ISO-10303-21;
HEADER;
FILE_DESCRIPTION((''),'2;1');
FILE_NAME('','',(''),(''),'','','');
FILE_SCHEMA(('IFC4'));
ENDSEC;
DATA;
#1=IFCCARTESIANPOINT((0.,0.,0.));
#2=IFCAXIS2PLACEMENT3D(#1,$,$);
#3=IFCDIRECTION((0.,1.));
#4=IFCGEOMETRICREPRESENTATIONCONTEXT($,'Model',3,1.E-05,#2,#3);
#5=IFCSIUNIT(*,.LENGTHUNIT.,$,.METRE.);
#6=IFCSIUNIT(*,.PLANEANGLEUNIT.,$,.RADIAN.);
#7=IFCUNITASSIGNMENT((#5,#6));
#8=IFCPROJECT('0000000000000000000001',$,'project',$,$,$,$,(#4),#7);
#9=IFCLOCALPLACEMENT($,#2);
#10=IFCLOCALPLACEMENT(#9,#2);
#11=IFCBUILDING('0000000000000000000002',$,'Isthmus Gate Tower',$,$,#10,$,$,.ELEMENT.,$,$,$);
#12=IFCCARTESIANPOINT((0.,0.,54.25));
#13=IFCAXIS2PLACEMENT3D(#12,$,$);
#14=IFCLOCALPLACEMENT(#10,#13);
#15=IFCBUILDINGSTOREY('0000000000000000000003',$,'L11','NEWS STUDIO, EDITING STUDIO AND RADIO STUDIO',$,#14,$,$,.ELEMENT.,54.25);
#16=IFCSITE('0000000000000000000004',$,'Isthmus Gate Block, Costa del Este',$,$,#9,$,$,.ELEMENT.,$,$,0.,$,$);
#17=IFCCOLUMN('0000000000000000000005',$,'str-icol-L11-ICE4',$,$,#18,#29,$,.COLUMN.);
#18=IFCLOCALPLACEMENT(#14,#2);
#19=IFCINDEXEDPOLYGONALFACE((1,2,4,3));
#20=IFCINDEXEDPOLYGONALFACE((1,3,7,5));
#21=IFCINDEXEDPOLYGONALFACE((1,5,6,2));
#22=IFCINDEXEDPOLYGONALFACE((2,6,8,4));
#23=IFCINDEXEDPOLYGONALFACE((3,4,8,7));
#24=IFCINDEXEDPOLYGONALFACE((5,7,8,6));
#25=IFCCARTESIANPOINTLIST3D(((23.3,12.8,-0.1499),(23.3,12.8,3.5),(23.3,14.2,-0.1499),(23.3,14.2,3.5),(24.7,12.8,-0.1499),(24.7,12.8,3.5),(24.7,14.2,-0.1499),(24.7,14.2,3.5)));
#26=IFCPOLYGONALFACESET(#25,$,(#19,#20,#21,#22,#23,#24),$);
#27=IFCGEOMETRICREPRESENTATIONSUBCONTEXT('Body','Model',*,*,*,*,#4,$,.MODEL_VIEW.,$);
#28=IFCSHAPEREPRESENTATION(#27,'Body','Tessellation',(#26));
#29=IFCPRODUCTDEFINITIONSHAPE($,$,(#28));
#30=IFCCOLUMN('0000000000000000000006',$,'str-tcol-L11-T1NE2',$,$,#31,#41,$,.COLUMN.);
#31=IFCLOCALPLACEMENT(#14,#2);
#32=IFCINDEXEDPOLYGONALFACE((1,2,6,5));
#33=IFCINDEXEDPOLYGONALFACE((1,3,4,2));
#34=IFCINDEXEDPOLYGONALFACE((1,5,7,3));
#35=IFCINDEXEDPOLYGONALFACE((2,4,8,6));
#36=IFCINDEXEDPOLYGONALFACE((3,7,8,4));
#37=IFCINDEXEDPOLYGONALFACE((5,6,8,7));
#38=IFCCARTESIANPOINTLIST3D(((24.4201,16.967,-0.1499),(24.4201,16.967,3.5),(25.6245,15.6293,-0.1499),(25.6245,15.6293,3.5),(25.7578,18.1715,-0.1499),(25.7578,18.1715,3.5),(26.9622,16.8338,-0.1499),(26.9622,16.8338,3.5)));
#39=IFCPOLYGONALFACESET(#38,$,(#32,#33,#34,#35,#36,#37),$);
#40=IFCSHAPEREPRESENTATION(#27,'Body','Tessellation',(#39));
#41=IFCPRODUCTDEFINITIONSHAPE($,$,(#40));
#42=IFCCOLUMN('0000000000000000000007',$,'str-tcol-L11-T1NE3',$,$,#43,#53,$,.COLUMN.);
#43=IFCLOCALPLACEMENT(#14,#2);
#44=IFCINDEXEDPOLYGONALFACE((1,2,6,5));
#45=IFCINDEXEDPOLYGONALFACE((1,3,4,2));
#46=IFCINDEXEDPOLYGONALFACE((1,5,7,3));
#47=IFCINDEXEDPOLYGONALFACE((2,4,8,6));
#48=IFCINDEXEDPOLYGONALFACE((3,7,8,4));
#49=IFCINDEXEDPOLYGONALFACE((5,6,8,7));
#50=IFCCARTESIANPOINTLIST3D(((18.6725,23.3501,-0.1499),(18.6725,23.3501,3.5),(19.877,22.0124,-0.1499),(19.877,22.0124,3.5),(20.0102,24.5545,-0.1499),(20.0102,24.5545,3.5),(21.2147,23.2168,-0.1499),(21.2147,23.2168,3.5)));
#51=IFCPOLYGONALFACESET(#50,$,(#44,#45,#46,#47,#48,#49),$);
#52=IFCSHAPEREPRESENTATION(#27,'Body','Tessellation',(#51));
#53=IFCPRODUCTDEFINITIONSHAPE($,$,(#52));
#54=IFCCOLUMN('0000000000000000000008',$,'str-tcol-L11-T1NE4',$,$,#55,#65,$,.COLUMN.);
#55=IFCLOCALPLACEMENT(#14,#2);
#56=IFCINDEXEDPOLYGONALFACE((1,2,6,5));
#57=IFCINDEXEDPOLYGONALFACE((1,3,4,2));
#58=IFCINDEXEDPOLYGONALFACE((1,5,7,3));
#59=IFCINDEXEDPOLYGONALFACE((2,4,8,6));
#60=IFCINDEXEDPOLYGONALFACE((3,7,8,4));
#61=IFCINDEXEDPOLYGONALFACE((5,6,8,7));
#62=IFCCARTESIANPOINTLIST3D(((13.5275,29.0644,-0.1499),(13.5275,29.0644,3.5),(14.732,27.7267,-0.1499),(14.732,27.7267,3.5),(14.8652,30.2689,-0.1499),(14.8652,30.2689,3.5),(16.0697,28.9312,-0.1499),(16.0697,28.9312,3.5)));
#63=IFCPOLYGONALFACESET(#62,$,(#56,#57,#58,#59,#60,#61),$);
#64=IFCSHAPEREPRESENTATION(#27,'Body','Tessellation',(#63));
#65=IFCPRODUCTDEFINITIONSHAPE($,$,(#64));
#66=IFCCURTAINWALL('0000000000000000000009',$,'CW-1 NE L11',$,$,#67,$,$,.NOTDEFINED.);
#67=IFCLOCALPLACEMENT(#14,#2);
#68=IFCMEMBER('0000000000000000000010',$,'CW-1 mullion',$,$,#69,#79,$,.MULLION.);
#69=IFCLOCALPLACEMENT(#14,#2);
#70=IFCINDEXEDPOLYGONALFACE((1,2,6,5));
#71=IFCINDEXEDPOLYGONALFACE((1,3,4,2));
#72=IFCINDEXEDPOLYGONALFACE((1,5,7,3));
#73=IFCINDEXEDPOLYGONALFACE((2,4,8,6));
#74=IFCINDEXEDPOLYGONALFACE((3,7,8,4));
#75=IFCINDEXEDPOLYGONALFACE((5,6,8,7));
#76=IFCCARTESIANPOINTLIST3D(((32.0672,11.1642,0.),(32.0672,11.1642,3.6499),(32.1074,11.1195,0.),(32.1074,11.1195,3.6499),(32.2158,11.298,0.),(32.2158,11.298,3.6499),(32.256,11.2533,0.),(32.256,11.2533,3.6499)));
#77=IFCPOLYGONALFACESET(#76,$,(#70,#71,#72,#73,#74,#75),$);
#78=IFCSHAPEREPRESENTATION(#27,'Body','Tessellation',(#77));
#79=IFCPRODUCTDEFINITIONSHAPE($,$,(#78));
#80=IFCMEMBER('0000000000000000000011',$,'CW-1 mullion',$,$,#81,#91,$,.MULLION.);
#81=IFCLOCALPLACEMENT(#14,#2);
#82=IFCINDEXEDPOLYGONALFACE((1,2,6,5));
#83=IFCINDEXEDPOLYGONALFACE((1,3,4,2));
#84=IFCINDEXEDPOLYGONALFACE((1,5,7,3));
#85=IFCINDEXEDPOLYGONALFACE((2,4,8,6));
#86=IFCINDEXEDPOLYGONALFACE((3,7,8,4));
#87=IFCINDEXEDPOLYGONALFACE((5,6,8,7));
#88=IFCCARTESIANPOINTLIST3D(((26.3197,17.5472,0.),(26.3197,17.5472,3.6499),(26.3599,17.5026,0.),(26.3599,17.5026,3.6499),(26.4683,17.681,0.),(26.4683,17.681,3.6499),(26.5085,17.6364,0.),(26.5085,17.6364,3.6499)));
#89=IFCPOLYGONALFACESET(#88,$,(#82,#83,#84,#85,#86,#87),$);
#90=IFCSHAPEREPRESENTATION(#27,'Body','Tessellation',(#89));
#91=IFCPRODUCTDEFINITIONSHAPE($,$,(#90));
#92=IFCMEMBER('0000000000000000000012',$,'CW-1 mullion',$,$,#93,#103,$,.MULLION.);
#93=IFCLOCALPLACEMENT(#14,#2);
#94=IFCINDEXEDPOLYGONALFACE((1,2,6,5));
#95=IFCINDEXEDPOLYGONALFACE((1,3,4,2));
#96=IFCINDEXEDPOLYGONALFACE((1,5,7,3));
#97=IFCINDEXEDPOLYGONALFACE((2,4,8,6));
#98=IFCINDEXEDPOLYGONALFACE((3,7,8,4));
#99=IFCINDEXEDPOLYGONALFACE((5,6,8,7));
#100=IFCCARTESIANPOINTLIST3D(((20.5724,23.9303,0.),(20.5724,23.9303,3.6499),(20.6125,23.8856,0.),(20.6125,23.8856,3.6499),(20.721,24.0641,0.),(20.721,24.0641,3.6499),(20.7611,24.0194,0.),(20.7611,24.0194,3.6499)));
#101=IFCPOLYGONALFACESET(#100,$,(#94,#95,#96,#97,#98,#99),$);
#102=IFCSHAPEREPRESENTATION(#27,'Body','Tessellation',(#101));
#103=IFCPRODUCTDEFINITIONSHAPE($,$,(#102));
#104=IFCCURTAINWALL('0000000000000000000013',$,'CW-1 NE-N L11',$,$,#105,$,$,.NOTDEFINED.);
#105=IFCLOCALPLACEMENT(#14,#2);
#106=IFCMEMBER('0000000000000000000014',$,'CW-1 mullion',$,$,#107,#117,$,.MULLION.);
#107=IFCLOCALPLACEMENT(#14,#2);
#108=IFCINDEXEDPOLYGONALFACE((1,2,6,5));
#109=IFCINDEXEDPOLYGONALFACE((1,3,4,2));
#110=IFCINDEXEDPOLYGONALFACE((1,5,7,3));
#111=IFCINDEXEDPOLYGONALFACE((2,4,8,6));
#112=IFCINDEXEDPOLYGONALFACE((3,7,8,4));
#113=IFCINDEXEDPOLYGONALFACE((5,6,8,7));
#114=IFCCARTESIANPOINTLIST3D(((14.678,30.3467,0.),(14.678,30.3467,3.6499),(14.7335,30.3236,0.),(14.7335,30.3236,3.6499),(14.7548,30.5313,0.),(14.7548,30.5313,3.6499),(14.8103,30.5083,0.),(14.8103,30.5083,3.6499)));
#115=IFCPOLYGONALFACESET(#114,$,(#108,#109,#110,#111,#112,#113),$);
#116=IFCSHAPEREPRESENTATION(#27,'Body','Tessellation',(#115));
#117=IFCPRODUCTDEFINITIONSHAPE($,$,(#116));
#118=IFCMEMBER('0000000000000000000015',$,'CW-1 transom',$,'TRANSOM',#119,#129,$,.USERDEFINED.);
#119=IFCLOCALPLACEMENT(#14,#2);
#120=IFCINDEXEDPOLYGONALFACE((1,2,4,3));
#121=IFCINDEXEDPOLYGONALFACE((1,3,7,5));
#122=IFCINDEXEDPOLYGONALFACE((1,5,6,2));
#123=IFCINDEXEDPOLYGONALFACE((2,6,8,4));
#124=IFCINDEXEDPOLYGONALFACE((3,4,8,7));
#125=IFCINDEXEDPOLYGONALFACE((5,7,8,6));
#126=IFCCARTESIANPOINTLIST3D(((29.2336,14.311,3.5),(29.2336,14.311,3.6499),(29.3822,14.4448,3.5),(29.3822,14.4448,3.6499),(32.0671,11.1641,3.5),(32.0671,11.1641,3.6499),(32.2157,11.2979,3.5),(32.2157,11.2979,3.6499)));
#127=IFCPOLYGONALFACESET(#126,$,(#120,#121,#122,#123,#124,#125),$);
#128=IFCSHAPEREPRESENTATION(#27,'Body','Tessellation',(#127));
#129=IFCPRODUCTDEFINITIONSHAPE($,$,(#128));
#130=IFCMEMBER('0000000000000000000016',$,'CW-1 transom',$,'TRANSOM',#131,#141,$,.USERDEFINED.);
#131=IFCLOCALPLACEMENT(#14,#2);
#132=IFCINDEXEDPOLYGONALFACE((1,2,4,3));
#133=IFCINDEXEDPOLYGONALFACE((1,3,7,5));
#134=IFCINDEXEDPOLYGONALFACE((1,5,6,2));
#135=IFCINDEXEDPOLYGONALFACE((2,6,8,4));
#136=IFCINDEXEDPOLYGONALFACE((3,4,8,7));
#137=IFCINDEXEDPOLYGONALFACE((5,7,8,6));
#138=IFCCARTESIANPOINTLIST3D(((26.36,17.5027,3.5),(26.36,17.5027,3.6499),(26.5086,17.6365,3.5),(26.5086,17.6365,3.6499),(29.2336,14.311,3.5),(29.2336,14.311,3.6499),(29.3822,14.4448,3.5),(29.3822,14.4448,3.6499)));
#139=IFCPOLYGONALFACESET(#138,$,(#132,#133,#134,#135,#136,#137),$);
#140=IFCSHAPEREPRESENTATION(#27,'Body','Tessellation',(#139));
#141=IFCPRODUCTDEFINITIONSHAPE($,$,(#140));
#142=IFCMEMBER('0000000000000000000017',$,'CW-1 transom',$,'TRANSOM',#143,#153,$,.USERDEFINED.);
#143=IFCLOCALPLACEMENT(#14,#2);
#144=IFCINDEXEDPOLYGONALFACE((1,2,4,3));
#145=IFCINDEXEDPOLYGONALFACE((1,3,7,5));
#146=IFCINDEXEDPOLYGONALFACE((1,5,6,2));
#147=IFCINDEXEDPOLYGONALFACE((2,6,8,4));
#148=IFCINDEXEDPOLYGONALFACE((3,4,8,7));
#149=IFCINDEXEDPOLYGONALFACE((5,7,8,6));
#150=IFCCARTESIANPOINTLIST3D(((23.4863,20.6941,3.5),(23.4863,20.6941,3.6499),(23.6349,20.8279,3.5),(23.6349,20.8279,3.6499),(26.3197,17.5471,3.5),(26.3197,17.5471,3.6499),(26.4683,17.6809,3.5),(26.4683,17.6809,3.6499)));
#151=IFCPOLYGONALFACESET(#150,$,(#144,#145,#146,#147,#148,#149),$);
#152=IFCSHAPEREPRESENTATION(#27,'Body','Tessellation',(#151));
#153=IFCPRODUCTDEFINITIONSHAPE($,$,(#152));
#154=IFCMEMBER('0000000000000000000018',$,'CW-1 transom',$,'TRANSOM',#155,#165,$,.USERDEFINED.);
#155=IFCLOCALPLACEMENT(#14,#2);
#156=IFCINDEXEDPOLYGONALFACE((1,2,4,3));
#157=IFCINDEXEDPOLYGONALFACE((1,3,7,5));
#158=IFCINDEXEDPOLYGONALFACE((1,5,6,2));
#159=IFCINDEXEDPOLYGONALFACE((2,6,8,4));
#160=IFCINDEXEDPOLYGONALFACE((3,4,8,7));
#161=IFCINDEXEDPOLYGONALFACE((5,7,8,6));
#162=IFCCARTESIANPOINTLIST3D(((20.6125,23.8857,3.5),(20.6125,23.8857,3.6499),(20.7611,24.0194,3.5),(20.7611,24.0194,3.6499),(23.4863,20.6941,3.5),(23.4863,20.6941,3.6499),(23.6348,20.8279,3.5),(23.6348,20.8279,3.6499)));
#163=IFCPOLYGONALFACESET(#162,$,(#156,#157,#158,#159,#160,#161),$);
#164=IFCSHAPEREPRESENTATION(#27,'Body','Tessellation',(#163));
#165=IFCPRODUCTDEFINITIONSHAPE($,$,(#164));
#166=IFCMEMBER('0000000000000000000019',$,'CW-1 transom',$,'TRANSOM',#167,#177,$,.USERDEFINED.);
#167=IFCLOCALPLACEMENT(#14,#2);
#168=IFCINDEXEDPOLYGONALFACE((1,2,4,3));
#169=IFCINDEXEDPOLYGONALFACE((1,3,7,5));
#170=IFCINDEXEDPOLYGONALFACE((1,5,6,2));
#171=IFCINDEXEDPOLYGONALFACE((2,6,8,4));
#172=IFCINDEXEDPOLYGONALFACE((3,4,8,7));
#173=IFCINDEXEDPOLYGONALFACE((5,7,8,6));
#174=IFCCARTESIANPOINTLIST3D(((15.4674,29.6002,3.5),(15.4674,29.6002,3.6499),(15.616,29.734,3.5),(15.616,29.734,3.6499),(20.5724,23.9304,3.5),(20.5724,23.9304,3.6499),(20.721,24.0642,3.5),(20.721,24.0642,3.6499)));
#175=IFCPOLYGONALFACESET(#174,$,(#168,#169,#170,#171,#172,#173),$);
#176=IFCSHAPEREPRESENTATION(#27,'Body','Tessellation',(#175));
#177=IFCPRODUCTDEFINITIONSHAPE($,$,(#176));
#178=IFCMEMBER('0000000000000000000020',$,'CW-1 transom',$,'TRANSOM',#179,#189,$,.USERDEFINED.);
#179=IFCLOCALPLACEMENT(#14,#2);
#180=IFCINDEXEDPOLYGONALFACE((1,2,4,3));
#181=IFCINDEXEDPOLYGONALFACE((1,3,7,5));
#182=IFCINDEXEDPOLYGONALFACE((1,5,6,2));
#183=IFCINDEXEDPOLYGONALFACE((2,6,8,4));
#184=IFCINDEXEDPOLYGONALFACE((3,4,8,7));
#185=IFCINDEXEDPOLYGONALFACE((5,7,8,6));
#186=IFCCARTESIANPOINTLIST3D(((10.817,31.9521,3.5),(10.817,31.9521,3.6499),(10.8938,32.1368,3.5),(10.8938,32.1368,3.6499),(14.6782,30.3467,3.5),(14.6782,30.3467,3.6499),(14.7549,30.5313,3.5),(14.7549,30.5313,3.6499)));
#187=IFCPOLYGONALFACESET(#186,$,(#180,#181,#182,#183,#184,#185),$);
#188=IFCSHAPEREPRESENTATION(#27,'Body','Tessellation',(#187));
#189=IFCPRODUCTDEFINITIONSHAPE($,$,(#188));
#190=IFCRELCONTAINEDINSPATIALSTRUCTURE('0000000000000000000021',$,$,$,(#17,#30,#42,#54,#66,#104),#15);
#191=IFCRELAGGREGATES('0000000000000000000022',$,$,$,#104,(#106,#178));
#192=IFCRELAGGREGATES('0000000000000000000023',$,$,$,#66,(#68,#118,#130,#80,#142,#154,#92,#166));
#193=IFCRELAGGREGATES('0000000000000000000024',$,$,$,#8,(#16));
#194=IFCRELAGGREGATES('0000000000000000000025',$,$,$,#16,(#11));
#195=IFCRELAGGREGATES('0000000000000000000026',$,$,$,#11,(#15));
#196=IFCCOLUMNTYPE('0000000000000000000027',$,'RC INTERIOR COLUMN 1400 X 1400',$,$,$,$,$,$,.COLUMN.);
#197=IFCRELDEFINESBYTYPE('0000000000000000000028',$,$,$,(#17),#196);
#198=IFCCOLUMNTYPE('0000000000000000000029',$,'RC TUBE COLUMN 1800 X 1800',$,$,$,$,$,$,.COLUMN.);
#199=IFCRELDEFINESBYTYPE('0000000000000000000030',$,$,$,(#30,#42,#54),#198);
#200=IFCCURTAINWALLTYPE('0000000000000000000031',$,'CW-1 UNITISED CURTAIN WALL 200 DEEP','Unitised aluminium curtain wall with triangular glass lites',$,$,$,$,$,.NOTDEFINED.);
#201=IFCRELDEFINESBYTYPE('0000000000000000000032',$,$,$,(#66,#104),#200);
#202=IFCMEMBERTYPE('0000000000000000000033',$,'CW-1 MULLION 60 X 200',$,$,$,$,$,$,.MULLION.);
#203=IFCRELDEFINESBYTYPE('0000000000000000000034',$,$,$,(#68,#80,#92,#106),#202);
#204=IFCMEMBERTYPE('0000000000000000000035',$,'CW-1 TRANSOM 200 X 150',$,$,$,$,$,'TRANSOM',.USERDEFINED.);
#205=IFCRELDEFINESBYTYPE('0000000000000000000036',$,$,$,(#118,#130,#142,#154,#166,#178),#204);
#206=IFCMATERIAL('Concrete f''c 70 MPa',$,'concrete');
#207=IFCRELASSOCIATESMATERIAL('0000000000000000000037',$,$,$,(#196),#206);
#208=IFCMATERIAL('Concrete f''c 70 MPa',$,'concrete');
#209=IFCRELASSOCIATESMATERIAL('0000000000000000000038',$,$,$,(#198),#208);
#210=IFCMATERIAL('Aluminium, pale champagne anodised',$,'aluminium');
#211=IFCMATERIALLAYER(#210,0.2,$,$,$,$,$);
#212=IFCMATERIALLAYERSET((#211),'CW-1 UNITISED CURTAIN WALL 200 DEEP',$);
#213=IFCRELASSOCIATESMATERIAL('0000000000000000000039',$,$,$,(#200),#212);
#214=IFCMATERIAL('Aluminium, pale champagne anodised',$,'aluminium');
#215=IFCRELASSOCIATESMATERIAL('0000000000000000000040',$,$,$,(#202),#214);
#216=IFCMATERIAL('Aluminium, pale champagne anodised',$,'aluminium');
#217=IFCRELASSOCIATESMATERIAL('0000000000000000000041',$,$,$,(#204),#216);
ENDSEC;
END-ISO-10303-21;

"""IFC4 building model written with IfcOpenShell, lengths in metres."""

from ifc_helpers import new_model, si_unit, direction, frame, origin, origin_2d, place, context, subcontext, project, spatial, rectangle, extrude, material, layer, layer_set, material_profile, profile_set, type_object, element, aggregate, save


model = new_model("IFC4")

# Units and contexts
model_context = context("Model", 3, precision=1e-05, world=origin(), true_north=direction((0.0, 1.0)))
body_context = subcontext(model_context, "Body", "Model", "MODEL_VIEW")
ifc_project = project(units=[si_unit("LENGTHUNIT", "METRE"), si_unit("PLANEANGLEUNIT", "RADIAN")], contexts=[model_context])

# Site, building, storey
site_placement = place(None, origin())
site = spatial("IfcSite", under=ifc_project, at=site_placement, Name="Isthmus Gate Block, Costa del Este", CompositionType="ELEMENT", RefElevation=0.0)
building_placement = place(site_placement, origin())
building = spatial("IfcBuilding", under=site, at=building_placement, Name="Isthmus Gate Tower", CompositionType="ELEMENT")
storey_placement = place(building_placement, frame((0.0, 0.0, 54.25)))
storey = spatial("IfcBuildingStorey", under=building, at=storey_placement, Name="L11", Description="NEWS STUDIO, EDITING STUDIO AND RADIO STUDIO", CompositionType="ELEMENT", Elevation=54.25)

# Columns
ifc_material_1 = material(Name="Concrete f'c 70 MPa", Category="concrete")
ifc_material_profile_1 = material_profile(ifc_material_1, rectangle(XDim=1.3999, YDim=1.3999, at=origin_2d()), Name="RC 1400X1400")
ifc_profile_set_1 = profile_set([ifc_material_profile_1], Name="Concrete f'c 70 MPa")
column_type_1 = type_object("IfcColumnType", Name="RC INTERIOR COLUMN 1400 X 1400", PredefinedType="COLUMN", material=ifc_profile_set_1)
column_placement = place(storey_placement, frame((24.0, 13.5, -0.1499), z_axis=(0.0, 0.0, 1.0), x_axis=(1.0, 0.0, 0.0)))
element("IfcColumn", 1, at=column_placement, inside=storey, type_object=column_type_1, Name="str-icol-L11-ICE4", PredefinedType="COLUMN", context=body_context, shape_type="SweptSolid", body=[
    extrude(rectangle(XDim=1.3999, YDim=1.3999, at=origin_2d()), origin(), (0.0, 0.0, 1.0), 3.6499),
])
ifc_material_2 = material(Name="Concrete f'c 70 MPa", Category="concrete")
ifc_material_profile_2 = material_profile(ifc_material_2, rectangle(XDim=1.8, YDim=1.8, at=origin_2d()), Name="RC 1800X1800")
ifc_profile_set_2 = profile_set([ifc_material_profile_2], Name="Concrete f'c 70 MPa")
column_type_2 = type_object("IfcColumnType", Name="RC TUBE COLUMN 1800 X 1800", PredefinedType="COLUMN", material=ifc_profile_set_2)
for number, where, z_axis, x_axis, name in (
    (2, (25.6912, 16.9004, -0.1499), (0.0, 0.0, 1.0), (-0.669131, 0.743145, 0.0), "str-tcol-L11-T1NE2"),
    (3, (19.9436, 23.2834, -0.1499), (0.0, 0.0, 1.0), (-0.669131, 0.743145, 0.0), "str-tcol-L11-T1NE3"),
    (4, (14.7986, 28.9978, -0.1499), (0.0, 0.0, 1.0), (-0.669131, 0.743145, 0.0), "str-tcol-L11-T1NE4"),
):
    element("IfcColumn", number, at=place(storey_placement, frame(where, z_axis=z_axis, x_axis=x_axis)), inside=storey, type_object=column_type_2, Name=name, PredefinedType="COLUMN", context=body_context, shape_type="SweptSolid", body=[
        extrude(rectangle(XDim=1.8, YDim=1.8, at=origin_2d()), origin(), (0.0, 0.0, 1.0), 3.6499),
    ])

# Curtain wall, members
ifc_material_3 = material(Name="Aluminium, pale champagne anodised", Category="aluminium")
ifc_layer_1 = layer(ifc_material_3, 0.2)
ifc_layer_set_1 = layer_set([ifc_layer_1], Name="CW-1 UNITISED CURTAIN WALL 200 DEEP")
curtain_wall_type = type_object("IfcCurtainWallType", Name="CW-1 UNITISED CURTAIN WALL 200 DEEP", Description="Unitised aluminium curtain wall with triangular glass lites", PredefinedType="NOTDEFINED", material=ifc_layer_set_1)
curtain_wall_1_placement = place(storey_placement, origin())
curtain_wall_1 = element("IfcCurtainWall", 5, at=curtain_wall_1_placement, inside=storey, type_object=curtain_wall_type, Name="CW-1 NE L11", PredefinedType="NOTDEFINED")
ifc_material_4 = material(Name="Aluminium, pale champagne anodised", Category="aluminium")
ifc_material_profile_3 = material_profile(ifc_material_4, rectangle(XDim=0.0601, YDim=0.2, at=origin_2d()), Name="60x200")
ifc_profile_set_3 = profile_set([ifc_material_profile_3], Name="Aluminium, pale champagne anodised")
member_type_1 = type_object("IfcMemberType", Name="CW-1 MULLION 60 X 200", PredefinedType="MULLION", material=ifc_profile_set_3)
member_1_placement = place(storey_placement, frame((32.1616, 11.2087, 0.0), z_axis=(0.0, 0.0, 1.0), x_axis=(-0.669131, 0.743145, 0.0)))
member_1 = element("IfcMember", 6, at=member_1_placement, type_object=member_type_1, Name="CW-1 mullion", PredefinedType="MULLION", context=body_context, shape_type="SweptSolid", body=[
    extrude(rectangle(XDim=0.0601, YDim=0.2, at=origin_2d()), origin(), (0.0, 0.0, 1.0), 3.6499),
])
member_2_placement = place(storey_placement, frame((26.4141, 17.5918, 0.0), z_axis=(0.0, 0.0, 1.0), x_axis=(-0.669131, 0.743145, 0.0)))
member_2 = element("IfcMember", 7, at=member_2_placement, type_object=member_type_1, Name="CW-1 mullion", PredefinedType="MULLION", context=body_context, shape_type="SweptSolid", body=[
    extrude(rectangle(XDim=0.0601, YDim=0.2, at=origin_2d()), origin(), (0.0, 0.0, 1.0), 3.6499),
])
member_3_placement = place(storey_placement, frame((20.6667, 23.9749, 0.0), z_axis=(0.0, 0.0, 1.0), x_axis=(-0.669131, 0.743145, 0.0)))
member_3 = element("IfcMember", 8, at=member_3_placement, type_object=member_type_1, Name="CW-1 mullion", PredefinedType="MULLION", context=body_context, shape_type="SweptSolid", body=[
    extrude(rectangle(XDim=0.0601, YDim=0.2, at=origin_2d()), origin(), (0.0, 0.0, 1.0), 3.6499),
])

# Curtain wall, member
curtain_wall_2_placement = place(storey_placement, origin())
curtain_wall_2 = element("IfcCurtainWall", 9, at=curtain_wall_2_placement, inside=storey, type_object=curtain_wall_type, Name="CW-1 NE-N L11", PredefinedType="NOTDEFINED")
member_4_placement = place(storey_placement, frame((14.7441, 30.4275, 0.0), z_axis=(0.0, 0.0, 1.0), x_axis=(-0.923353, 0.383952, 0.0)))
member_4 = element("IfcMember", 10, at=member_4_placement, type_object=member_type_1, Name="CW-1 mullion", PredefinedType="MULLION", context=body_context, shape_type="SweptSolid", body=[
    extrude(rectangle(XDim=0.0601, YDim=0.2, at=origin_2d()), origin(), (0.0, 0.0, 1.0), 3.6499),
])

# Members
ifc_material_5 = material(Name="Aluminium, pale champagne anodised", Category="aluminium")
ifc_material_profile_4 = material_profile(ifc_material_5, rectangle(XDim=0.2, YDim=0.1499, at=origin_2d()), Name="200x150")
ifc_profile_set_4 = profile_set([ifc_material_profile_4], Name="Aluminium, pale champagne anodised")
member_type_2 = type_object("IfcMemberType", Name="CW-1 TRANSOM 200 X 150", ElementType="TRANSOM", PredefinedType="USERDEFINED", material=ifc_profile_set_4)
member_5_placement = place(storey_placement, frame((32.1414, 11.231, 3.575), z_axis=(-0.669124, 0.743151, 0.0), x_axis=(-0.743151, -0.669124, 0.0)))
member_5 = element("IfcMember", 11, at=member_5_placement, type_object=member_type_2, Name="CW-1 transom", ObjectType="TRANSOM", PredefinedType="USERDEFINED", context=body_context, shape_type="SweptSolid", body=[
    extrude(rectangle(XDim=0.2, YDim=0.1499, at=origin_2d()), origin(), (0.0, 0.0, 1.0), 4.2346),
])
member_6_placement = place(storey_placement, frame((29.3079, 14.3779, 3.575), z_axis=(-0.6691, 0.743173, 0.0), x_axis=(-0.743173, -0.6691, 0.0)))
member_6 = element("IfcMember", 12, at=member_6_placement, type_object=member_type_2, Name="CW-1 transom", ObjectType="TRANSOM", PredefinedType="USERDEFINED", context=body_context, shape_type="SweptSolid", body=[
    extrude(rectangle(XDim=0.2, YDim=0.1499, at=origin_2d()), origin(), (0.0, 0.0, 1.0), 4.2947),
])
member_7_placement = place(storey_placement, frame((26.394, 17.614, 3.575), z_axis=(-0.669124, 0.743151, 0.0), x_axis=(-0.743151, -0.669124, 0.0)))
member_7 = element("IfcMember", 13, at=member_7_placement, type_object=member_type_2, Name="CW-1 transom", ObjectType="TRANSOM", PredefinedType="USERDEFINED", context=body_context, shape_type="SweptSolid", body=[
    extrude(rectangle(XDim=0.2, YDim=0.1499, at=origin_2d()), origin(), (0.0, 0.0, 1.0), 4.2346),
])
member_8_placement = place(storey_placement, frame((23.5605, 20.761, 3.575), z_axis=(-0.669131, 0.743144, 0.0), x_axis=(-0.743144, -0.669131, 0.0)))
member_8 = element("IfcMember", 14, at=member_8_placement, type_object=member_type_2, Name="CW-1 transom", ObjectType="TRANSOM", PredefinedType="USERDEFINED", context=body_context, shape_type="SweptSolid", body=[
    extrude(rectangle(XDim=0.2, YDim=0.1499, at=origin_2d()), origin(), (0.0, 0.0, 1.0), 4.2947),
])
member_9_placement = place(storey_placement, frame((20.6467, 23.9973, 3.575), z_axis=(-0.669129, 0.743146, 0.0), x_axis=(-0.743146, -0.669129, 0.0)))
member_9 = element("IfcMember", 15, at=member_9_placement, type_object=member_type_2, Name="CW-1 transom", ObjectType="TRANSOM", PredefinedType="USERDEFINED", context=body_context, shape_type="SweptSolid", body=[
    extrude(rectangle(XDim=0.2, YDim=0.1499, at=origin_2d()), origin(), (0.0, 0.0, 1.0), 7.6294),
])
member_10_placement = place(storey_placement, frame((14.7166, 30.439, 3.575), z_axis=(-0.923358, 0.38394, 0.0), x_axis=(-0.38394, -0.923358, 0.0)))
member_10 = element("IfcMember", 16, at=member_10_placement, type_object=member_type_2, Name="CW-1 transom", ObjectType="TRANSOM", PredefinedType="USERDEFINED", context=body_context, shape_type="SweptSolid", body=[
    extrude(rectangle(XDim=0.2, YDim=0.1499, at=origin_2d()), origin(), (0.0, 0.0, 1.0), 4.1816),
])
aggregate(curtain_wall_2, [member_4, member_10])

aggregate(curtain_wall_1, [member_1, member_5, member_6, member_2, member_7, member_8, member_3, member_9])

save(model, "model.ifc")
